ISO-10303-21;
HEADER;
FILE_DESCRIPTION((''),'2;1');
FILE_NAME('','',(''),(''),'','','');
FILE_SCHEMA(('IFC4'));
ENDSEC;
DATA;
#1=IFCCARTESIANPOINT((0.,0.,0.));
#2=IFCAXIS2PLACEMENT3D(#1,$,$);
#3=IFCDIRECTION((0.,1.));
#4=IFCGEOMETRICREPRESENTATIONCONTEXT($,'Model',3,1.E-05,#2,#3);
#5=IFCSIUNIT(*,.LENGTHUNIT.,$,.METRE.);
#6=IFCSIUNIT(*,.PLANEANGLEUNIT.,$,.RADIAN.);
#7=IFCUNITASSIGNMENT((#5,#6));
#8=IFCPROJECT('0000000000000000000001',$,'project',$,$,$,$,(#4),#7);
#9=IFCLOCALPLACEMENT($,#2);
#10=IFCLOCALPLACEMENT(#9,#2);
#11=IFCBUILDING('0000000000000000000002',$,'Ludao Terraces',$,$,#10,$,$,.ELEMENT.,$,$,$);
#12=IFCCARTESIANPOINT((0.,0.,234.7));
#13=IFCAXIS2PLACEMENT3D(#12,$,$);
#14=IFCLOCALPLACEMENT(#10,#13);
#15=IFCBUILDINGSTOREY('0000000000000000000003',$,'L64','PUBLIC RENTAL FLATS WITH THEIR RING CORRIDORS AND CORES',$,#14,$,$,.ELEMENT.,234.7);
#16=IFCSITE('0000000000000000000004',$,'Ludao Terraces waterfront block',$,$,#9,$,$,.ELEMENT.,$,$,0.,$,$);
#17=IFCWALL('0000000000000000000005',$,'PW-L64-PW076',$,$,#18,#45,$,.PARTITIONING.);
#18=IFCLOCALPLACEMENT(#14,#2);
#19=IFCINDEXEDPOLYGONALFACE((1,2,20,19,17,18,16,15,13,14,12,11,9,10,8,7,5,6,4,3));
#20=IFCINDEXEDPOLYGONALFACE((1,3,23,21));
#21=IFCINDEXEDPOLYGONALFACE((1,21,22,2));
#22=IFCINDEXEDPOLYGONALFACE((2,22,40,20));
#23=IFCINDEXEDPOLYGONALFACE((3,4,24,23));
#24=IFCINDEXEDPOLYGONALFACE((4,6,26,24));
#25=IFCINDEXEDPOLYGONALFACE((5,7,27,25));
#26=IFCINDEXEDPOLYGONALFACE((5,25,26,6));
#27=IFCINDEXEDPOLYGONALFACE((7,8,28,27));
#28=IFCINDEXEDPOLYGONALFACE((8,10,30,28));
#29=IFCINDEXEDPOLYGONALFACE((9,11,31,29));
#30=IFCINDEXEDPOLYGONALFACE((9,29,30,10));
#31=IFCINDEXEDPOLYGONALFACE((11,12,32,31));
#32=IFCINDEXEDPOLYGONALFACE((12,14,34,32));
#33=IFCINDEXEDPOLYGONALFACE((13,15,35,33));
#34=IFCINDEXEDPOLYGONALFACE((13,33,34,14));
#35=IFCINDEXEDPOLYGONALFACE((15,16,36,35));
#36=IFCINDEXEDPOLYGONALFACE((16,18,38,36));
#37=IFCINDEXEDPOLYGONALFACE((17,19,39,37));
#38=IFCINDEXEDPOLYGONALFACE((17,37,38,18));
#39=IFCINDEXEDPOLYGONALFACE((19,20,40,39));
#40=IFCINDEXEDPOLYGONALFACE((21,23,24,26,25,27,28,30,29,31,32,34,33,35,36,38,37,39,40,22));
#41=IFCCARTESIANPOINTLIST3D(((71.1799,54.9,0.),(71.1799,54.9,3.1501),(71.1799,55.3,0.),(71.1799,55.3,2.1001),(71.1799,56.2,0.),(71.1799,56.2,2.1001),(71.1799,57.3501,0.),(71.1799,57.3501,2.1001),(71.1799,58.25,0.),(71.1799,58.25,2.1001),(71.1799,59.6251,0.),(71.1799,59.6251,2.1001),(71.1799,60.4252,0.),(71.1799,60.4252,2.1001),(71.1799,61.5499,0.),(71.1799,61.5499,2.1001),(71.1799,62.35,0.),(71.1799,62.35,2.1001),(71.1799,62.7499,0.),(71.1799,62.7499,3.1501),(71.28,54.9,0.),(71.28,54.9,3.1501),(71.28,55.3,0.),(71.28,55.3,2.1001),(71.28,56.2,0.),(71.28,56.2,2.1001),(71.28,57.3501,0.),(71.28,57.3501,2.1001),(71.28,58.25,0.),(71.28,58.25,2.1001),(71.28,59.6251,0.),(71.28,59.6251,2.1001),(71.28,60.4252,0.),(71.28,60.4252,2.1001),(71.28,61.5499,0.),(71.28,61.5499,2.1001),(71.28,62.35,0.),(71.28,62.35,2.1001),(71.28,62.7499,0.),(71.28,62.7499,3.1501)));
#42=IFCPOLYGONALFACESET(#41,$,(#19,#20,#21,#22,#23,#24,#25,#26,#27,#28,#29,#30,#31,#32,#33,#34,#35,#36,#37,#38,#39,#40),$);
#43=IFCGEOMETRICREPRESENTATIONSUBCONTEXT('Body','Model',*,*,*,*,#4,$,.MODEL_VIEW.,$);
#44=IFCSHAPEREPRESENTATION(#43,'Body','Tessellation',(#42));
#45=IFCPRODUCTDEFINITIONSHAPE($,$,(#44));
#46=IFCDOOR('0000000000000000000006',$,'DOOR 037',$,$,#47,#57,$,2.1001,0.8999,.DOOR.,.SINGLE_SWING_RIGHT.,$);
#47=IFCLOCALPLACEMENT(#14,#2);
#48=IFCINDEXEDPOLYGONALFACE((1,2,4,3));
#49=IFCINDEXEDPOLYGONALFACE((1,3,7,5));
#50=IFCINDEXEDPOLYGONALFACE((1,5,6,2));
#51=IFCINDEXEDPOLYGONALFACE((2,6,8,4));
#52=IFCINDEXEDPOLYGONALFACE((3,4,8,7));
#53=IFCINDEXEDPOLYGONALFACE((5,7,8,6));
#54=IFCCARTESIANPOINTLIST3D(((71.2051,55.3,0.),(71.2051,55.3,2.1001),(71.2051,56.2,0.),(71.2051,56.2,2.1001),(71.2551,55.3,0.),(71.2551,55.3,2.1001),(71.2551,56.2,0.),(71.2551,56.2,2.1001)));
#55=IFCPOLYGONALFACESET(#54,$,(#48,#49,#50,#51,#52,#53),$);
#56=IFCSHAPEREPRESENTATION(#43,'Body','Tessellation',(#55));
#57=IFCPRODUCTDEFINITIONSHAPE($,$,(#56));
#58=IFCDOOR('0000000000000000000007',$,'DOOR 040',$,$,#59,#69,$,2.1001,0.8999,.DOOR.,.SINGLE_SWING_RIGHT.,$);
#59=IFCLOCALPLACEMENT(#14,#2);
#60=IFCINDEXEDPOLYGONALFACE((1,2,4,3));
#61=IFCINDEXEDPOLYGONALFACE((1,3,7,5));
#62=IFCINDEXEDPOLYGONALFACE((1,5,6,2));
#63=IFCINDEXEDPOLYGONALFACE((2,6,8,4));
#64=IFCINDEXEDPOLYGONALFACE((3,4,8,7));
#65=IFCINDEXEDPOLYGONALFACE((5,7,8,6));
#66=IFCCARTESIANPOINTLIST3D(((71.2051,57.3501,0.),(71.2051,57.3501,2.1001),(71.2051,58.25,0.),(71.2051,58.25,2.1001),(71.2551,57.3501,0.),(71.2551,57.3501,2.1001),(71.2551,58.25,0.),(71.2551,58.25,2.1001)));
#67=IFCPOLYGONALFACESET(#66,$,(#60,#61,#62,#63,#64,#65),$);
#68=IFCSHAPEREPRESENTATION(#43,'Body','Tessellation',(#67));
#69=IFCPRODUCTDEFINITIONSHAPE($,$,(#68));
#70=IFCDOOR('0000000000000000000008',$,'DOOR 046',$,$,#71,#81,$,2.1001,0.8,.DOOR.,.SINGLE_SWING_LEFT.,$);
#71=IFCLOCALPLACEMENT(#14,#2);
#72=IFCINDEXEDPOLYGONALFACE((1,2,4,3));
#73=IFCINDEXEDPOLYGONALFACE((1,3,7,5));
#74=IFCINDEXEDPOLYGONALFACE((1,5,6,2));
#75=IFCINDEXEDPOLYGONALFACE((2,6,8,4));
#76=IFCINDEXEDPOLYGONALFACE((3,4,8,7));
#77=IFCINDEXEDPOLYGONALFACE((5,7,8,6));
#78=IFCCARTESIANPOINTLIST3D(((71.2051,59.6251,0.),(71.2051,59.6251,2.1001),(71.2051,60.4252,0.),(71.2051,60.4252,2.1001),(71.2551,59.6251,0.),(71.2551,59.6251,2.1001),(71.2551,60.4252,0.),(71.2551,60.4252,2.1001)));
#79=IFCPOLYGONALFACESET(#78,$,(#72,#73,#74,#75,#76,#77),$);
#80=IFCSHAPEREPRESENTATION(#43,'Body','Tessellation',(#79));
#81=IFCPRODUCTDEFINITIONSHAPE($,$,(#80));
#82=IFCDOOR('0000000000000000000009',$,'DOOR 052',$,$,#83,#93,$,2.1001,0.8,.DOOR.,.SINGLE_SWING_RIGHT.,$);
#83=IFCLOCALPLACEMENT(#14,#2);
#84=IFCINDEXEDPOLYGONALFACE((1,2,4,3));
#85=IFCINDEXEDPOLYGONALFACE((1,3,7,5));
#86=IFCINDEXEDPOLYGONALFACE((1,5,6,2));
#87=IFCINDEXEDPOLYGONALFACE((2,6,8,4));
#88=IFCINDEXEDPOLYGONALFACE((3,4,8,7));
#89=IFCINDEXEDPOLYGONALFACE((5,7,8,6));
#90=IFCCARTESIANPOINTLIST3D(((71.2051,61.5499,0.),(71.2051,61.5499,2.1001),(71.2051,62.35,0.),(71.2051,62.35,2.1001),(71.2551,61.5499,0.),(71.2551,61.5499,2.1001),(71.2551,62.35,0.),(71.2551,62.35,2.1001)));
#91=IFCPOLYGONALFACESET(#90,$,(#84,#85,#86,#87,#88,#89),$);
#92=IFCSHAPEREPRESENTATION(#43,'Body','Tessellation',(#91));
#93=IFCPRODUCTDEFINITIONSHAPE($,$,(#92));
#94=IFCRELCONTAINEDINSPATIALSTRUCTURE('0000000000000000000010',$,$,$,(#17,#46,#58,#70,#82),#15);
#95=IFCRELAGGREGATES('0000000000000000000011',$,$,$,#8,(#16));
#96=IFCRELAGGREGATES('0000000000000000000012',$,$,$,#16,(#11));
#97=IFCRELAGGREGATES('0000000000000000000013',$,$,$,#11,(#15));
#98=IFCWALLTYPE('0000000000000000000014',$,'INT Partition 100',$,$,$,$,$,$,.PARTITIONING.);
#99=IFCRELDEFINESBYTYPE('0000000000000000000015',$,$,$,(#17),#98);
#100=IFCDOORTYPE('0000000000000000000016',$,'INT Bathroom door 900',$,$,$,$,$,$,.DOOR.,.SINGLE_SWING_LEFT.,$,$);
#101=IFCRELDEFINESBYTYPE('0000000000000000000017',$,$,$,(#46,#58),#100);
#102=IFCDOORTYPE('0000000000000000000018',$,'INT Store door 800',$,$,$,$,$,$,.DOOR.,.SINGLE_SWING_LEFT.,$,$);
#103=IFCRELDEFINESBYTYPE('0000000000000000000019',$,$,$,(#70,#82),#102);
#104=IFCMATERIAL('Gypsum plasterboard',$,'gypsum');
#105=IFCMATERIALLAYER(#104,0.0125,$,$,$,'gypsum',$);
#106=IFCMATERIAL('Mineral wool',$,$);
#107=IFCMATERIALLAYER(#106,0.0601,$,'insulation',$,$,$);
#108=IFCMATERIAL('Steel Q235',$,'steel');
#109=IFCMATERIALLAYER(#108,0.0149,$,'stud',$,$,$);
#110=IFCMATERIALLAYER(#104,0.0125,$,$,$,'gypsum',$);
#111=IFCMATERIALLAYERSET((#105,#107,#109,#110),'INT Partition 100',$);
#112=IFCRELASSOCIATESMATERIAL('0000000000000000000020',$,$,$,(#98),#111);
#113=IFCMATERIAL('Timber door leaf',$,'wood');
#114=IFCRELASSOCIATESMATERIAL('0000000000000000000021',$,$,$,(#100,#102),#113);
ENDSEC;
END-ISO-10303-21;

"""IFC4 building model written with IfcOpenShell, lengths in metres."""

from ifc_helpers import new_model, si_unit, direction, frame, frame_2d, origin, place, context, subcontext, project, spatial, rectangle, extrude, material, layer, layer_set, type_object, element, fill, save


model = new_model("IFC4")

# Units and contexts
model_context = context("Model", 3, precision=1e-05, world=origin(), true_north=direction((0.0, 1.0)))
body_context = subcontext(model_context, "Body", "Model", "MODEL_VIEW")
ifc_project = project(units=[si_unit("LENGTHUNIT", "METRE"), si_unit("PLANEANGLEUNIT", "RADIAN")], contexts=[model_context])

# Site, building, storey
site_placement = place(None, origin())
site = spatial("IfcSite", under=ifc_project, at=site_placement, Name="Ludao Terraces waterfront block", CompositionType="ELEMENT", RefElevation=0.0)
building_placement = place(site_placement, origin())
building = spatial("IfcBuilding", under=site, at=building_placement, Name="Ludao Terraces", CompositionType="ELEMENT")
storey_placement = place(building_placement, frame((0.0, 0.0, 234.7)))
storey = spatial("IfcBuildingStorey", under=building, at=storey_placement, Name="L64", Description="PUBLIC RENTAL FLATS WITH THEIR RING CORRIDORS AND CORES", CompositionType="ELEMENT", Elevation=234.7)

# Shared definitions
ifc_material_1 = material(Name="Gypsum plasterboard", Category="gypsum")
ifc_layer_1 = layer(ifc_material_1, 0.0125, Category="gypsum")
ifc_material_2 = material(Name="Mineral wool")
ifc_layer_2 = layer(ifc_material_2, 0.0601, Name="insulation")
ifc_material_3 = material(Name="Steel Q235", Category="steel")
ifc_layer_3 = layer(ifc_material_3, 0.0149, Name="stud")
ifc_layer_4 = layer(ifc_material_1, 0.0125, Category="gypsum")
ifc_layer_set = layer_set([ifc_layer_1, ifc_layer_2, ifc_layer_3, ifc_layer_4], Name="INT Partition 100")
wall_type = type_object("IfcWallType", Name="INT Partition 100", PredefinedType="PARTITIONING", material=ifc_layer_set)

# Wall, openings, doors
wall_1_placement = place(storey_placement, frame((71.23, 54.9001, 0.0), z_axis=(0.0, 0.0, 1.0), x_axis=(0.0, 1.0, 0.0)))
wall_1 = element("IfcWall", 1, at=wall_1_placement, inside=storey, type_object=wall_type, Name="PW-L64-PW076", PredefinedType="PARTITIONING", context=body_context, shape_type="SweptSolid", body=[
    extrude(rectangle(XDim=7.8499, YDim=0.1001, at=frame_2d((3.9248, 0.0))), origin(), (0.0, 0.0, 1.0), 3.1501),
])
opening_1_placement = place(wall_1_placement, frame((0.3999, 0.0, 0.0)))
opening_1 = element("IfcOpeningElement", 2, at=opening_1_placement, cuts=wall_1, PredefinedType="OPENING", context=body_context, shape_type="SweptSolid", body=[
    extrude(rectangle(XDim=0.8999, YDim=2.1001, at=frame_2d((0.45, 1.05))), frame((0.0, 0.0601, 0.0), z_axis=(0.0, -1.0, 0.0), x_axis=(1.0, 0.0, 0.0)), (0.0, 0.0, 1.0), 0.1201),
])
opening_2_placement = place(wall_1_placement, frame((2.45, 0.0, 0.0)))
opening_2 = element("IfcOpeningElement", 3, at=opening_2_placement, cuts=wall_1, PredefinedType="OPENING", context=body_context, shape_type="SweptSolid", body=[
    extrude(rectangle(XDim=0.8999, YDim=2.1001, at=frame_2d((0.45, 1.05))), frame((0.0, 0.0601, 0.0), z_axis=(0.0, -1.0, 0.0), x_axis=(1.0, 0.0, 0.0)), (0.0, 0.0, 1.0), 0.1201),
])
opening_3_placement = place(wall_1_placement, frame((4.7251, 0.0, 0.0)))
opening_3 = element("IfcOpeningElement", 4, at=opening_3_placement, cuts=wall_1, PredefinedType="OPENING", context=body_context, shape_type="SweptSolid", body=[
    extrude(rectangle(XDim=0.8, YDim=2.1001, at=frame_2d((0.3999, 1.05))), frame((0.0, 0.0601, 0.0), z_axis=(0.0, -1.0, 0.0), x_axis=(1.0, 0.0, 0.0)), (0.0, 0.0, 1.0), 0.1201),
])
opening_4_placement = place(wall_1_placement, frame((6.6499, 0.0, 0.0)))
opening_4 = element("IfcOpeningElement", 5, at=opening_4_placement, cuts=wall_1, PredefinedType="OPENING", context=body_context, shape_type="SweptSolid", body=[
    extrude(rectangle(XDim=0.8, YDim=2.1001, at=frame_2d((0.3999, 1.05))), frame((0.0, 0.0601, 0.0), z_axis=(0.0, -1.0, 0.0), x_axis=(1.0, 0.0, 0.0)), (0.0, 0.0, 1.0), 0.1201),
])
ifc_material_4 = material(Name="Timber door leaf", Category="wood")
door_type_1 = type_object("IfcDoorType", Name="INT Bathroom door 900", OperationType="SINGLE_SWING_LEFT", PredefinedType="DOOR", material=ifc_material_4)
door_1_placement = place(opening_1_placement, origin())
door_1 = element("IfcDoor", 6, at=door_1_placement, inside=storey, type_object=door_type_1, Name="DOOR 037", OperationType="SINGLE_SWING_RIGHT", OverallHeight=2.1001, OverallWidth=0.8999, PredefinedType="DOOR", context=body_context, shape_type="SweptSolid", body=[
    extrude(rectangle(XDim=0.8999, YDim=2.1001, at=frame_2d((0.45, 1.05))), frame((0.0, 0.0249, 0.0), z_axis=(0.0, -1.0, 0.0), x_axis=(1.0, 0.0, 0.0)), (0.0, 0.0, 1.0), 0.05),
])
fill(opening_1, door_1)
door_2_placement = place(opening_2_placement, origin())
door_2 = element("IfcDoor", 7, at=door_2_placement, inside=storey, type_object=door_type_1, Name="DOOR 040", OperationType="SINGLE_SWING_RIGHT", OverallHeight=2.1001, OverallWidth=0.8999, PredefinedType="DOOR", context=body_context, shape_type="SweptSolid", body=[
    extrude(rectangle(XDim=0.8999, YDim=2.1001, at=frame_2d((0.45, 1.05))), frame((0.0, 0.0249, 0.0), z_axis=(0.0, -1.0, 0.0), x_axis=(1.0, 0.0, 0.0)), (0.0, 0.0, 1.0), 0.05),
])
fill(opening_2, door_2)
door_type_2 = type_object("IfcDoorType", Name="INT Store door 800", OperationType="SINGLE_SWING_LEFT", PredefinedType="DOOR", material=ifc_material_4)
door_3_placement = place(opening_3_placement, origin())
door_3 = element("IfcDoor", 8, at=door_3_placement, inside=storey, type_object=door_type_2, Name="DOOR 046", OperationType="SINGLE_SWING_LEFT", OverallHeight=2.1001, OverallWidth=0.8, PredefinedType="DOOR", context=body_context, shape_type="SweptSolid", body=[
    extrude(rectangle(XDim=0.8, YDim=2.1001, at=frame_2d((0.3999, 1.05))), frame((0.0, 0.0249, 0.0), z_axis=(0.0, -1.0, 0.0), x_axis=(1.0, 0.0, 0.0)), (0.0, 0.0, 1.0), 0.05),
])
fill(opening_3, door_3)
door_4_placement = place(opening_4_placement, origin())
door_4 = element("IfcDoor", 9, at=door_4_placement, inside=storey, type_object=door_type_2, Name="DOOR 052", OperationType="SINGLE_SWING_RIGHT", OverallHeight=2.1001, OverallWidth=0.8, PredefinedType="DOOR", context=body_context, shape_type="SweptSolid", body=[
    extrude(rectangle(XDim=0.8, YDim=2.1001, at=frame_2d((0.3999, 1.05))), frame((0.0, 0.0249, 0.0), z_axis=(0.0, -1.0, 0.0), x_axis=(1.0, 0.0, 0.0)), (0.0, 0.0, 1.0), 0.05),
])
fill(opening_4, door_4)

save(model, "model.ifc")
